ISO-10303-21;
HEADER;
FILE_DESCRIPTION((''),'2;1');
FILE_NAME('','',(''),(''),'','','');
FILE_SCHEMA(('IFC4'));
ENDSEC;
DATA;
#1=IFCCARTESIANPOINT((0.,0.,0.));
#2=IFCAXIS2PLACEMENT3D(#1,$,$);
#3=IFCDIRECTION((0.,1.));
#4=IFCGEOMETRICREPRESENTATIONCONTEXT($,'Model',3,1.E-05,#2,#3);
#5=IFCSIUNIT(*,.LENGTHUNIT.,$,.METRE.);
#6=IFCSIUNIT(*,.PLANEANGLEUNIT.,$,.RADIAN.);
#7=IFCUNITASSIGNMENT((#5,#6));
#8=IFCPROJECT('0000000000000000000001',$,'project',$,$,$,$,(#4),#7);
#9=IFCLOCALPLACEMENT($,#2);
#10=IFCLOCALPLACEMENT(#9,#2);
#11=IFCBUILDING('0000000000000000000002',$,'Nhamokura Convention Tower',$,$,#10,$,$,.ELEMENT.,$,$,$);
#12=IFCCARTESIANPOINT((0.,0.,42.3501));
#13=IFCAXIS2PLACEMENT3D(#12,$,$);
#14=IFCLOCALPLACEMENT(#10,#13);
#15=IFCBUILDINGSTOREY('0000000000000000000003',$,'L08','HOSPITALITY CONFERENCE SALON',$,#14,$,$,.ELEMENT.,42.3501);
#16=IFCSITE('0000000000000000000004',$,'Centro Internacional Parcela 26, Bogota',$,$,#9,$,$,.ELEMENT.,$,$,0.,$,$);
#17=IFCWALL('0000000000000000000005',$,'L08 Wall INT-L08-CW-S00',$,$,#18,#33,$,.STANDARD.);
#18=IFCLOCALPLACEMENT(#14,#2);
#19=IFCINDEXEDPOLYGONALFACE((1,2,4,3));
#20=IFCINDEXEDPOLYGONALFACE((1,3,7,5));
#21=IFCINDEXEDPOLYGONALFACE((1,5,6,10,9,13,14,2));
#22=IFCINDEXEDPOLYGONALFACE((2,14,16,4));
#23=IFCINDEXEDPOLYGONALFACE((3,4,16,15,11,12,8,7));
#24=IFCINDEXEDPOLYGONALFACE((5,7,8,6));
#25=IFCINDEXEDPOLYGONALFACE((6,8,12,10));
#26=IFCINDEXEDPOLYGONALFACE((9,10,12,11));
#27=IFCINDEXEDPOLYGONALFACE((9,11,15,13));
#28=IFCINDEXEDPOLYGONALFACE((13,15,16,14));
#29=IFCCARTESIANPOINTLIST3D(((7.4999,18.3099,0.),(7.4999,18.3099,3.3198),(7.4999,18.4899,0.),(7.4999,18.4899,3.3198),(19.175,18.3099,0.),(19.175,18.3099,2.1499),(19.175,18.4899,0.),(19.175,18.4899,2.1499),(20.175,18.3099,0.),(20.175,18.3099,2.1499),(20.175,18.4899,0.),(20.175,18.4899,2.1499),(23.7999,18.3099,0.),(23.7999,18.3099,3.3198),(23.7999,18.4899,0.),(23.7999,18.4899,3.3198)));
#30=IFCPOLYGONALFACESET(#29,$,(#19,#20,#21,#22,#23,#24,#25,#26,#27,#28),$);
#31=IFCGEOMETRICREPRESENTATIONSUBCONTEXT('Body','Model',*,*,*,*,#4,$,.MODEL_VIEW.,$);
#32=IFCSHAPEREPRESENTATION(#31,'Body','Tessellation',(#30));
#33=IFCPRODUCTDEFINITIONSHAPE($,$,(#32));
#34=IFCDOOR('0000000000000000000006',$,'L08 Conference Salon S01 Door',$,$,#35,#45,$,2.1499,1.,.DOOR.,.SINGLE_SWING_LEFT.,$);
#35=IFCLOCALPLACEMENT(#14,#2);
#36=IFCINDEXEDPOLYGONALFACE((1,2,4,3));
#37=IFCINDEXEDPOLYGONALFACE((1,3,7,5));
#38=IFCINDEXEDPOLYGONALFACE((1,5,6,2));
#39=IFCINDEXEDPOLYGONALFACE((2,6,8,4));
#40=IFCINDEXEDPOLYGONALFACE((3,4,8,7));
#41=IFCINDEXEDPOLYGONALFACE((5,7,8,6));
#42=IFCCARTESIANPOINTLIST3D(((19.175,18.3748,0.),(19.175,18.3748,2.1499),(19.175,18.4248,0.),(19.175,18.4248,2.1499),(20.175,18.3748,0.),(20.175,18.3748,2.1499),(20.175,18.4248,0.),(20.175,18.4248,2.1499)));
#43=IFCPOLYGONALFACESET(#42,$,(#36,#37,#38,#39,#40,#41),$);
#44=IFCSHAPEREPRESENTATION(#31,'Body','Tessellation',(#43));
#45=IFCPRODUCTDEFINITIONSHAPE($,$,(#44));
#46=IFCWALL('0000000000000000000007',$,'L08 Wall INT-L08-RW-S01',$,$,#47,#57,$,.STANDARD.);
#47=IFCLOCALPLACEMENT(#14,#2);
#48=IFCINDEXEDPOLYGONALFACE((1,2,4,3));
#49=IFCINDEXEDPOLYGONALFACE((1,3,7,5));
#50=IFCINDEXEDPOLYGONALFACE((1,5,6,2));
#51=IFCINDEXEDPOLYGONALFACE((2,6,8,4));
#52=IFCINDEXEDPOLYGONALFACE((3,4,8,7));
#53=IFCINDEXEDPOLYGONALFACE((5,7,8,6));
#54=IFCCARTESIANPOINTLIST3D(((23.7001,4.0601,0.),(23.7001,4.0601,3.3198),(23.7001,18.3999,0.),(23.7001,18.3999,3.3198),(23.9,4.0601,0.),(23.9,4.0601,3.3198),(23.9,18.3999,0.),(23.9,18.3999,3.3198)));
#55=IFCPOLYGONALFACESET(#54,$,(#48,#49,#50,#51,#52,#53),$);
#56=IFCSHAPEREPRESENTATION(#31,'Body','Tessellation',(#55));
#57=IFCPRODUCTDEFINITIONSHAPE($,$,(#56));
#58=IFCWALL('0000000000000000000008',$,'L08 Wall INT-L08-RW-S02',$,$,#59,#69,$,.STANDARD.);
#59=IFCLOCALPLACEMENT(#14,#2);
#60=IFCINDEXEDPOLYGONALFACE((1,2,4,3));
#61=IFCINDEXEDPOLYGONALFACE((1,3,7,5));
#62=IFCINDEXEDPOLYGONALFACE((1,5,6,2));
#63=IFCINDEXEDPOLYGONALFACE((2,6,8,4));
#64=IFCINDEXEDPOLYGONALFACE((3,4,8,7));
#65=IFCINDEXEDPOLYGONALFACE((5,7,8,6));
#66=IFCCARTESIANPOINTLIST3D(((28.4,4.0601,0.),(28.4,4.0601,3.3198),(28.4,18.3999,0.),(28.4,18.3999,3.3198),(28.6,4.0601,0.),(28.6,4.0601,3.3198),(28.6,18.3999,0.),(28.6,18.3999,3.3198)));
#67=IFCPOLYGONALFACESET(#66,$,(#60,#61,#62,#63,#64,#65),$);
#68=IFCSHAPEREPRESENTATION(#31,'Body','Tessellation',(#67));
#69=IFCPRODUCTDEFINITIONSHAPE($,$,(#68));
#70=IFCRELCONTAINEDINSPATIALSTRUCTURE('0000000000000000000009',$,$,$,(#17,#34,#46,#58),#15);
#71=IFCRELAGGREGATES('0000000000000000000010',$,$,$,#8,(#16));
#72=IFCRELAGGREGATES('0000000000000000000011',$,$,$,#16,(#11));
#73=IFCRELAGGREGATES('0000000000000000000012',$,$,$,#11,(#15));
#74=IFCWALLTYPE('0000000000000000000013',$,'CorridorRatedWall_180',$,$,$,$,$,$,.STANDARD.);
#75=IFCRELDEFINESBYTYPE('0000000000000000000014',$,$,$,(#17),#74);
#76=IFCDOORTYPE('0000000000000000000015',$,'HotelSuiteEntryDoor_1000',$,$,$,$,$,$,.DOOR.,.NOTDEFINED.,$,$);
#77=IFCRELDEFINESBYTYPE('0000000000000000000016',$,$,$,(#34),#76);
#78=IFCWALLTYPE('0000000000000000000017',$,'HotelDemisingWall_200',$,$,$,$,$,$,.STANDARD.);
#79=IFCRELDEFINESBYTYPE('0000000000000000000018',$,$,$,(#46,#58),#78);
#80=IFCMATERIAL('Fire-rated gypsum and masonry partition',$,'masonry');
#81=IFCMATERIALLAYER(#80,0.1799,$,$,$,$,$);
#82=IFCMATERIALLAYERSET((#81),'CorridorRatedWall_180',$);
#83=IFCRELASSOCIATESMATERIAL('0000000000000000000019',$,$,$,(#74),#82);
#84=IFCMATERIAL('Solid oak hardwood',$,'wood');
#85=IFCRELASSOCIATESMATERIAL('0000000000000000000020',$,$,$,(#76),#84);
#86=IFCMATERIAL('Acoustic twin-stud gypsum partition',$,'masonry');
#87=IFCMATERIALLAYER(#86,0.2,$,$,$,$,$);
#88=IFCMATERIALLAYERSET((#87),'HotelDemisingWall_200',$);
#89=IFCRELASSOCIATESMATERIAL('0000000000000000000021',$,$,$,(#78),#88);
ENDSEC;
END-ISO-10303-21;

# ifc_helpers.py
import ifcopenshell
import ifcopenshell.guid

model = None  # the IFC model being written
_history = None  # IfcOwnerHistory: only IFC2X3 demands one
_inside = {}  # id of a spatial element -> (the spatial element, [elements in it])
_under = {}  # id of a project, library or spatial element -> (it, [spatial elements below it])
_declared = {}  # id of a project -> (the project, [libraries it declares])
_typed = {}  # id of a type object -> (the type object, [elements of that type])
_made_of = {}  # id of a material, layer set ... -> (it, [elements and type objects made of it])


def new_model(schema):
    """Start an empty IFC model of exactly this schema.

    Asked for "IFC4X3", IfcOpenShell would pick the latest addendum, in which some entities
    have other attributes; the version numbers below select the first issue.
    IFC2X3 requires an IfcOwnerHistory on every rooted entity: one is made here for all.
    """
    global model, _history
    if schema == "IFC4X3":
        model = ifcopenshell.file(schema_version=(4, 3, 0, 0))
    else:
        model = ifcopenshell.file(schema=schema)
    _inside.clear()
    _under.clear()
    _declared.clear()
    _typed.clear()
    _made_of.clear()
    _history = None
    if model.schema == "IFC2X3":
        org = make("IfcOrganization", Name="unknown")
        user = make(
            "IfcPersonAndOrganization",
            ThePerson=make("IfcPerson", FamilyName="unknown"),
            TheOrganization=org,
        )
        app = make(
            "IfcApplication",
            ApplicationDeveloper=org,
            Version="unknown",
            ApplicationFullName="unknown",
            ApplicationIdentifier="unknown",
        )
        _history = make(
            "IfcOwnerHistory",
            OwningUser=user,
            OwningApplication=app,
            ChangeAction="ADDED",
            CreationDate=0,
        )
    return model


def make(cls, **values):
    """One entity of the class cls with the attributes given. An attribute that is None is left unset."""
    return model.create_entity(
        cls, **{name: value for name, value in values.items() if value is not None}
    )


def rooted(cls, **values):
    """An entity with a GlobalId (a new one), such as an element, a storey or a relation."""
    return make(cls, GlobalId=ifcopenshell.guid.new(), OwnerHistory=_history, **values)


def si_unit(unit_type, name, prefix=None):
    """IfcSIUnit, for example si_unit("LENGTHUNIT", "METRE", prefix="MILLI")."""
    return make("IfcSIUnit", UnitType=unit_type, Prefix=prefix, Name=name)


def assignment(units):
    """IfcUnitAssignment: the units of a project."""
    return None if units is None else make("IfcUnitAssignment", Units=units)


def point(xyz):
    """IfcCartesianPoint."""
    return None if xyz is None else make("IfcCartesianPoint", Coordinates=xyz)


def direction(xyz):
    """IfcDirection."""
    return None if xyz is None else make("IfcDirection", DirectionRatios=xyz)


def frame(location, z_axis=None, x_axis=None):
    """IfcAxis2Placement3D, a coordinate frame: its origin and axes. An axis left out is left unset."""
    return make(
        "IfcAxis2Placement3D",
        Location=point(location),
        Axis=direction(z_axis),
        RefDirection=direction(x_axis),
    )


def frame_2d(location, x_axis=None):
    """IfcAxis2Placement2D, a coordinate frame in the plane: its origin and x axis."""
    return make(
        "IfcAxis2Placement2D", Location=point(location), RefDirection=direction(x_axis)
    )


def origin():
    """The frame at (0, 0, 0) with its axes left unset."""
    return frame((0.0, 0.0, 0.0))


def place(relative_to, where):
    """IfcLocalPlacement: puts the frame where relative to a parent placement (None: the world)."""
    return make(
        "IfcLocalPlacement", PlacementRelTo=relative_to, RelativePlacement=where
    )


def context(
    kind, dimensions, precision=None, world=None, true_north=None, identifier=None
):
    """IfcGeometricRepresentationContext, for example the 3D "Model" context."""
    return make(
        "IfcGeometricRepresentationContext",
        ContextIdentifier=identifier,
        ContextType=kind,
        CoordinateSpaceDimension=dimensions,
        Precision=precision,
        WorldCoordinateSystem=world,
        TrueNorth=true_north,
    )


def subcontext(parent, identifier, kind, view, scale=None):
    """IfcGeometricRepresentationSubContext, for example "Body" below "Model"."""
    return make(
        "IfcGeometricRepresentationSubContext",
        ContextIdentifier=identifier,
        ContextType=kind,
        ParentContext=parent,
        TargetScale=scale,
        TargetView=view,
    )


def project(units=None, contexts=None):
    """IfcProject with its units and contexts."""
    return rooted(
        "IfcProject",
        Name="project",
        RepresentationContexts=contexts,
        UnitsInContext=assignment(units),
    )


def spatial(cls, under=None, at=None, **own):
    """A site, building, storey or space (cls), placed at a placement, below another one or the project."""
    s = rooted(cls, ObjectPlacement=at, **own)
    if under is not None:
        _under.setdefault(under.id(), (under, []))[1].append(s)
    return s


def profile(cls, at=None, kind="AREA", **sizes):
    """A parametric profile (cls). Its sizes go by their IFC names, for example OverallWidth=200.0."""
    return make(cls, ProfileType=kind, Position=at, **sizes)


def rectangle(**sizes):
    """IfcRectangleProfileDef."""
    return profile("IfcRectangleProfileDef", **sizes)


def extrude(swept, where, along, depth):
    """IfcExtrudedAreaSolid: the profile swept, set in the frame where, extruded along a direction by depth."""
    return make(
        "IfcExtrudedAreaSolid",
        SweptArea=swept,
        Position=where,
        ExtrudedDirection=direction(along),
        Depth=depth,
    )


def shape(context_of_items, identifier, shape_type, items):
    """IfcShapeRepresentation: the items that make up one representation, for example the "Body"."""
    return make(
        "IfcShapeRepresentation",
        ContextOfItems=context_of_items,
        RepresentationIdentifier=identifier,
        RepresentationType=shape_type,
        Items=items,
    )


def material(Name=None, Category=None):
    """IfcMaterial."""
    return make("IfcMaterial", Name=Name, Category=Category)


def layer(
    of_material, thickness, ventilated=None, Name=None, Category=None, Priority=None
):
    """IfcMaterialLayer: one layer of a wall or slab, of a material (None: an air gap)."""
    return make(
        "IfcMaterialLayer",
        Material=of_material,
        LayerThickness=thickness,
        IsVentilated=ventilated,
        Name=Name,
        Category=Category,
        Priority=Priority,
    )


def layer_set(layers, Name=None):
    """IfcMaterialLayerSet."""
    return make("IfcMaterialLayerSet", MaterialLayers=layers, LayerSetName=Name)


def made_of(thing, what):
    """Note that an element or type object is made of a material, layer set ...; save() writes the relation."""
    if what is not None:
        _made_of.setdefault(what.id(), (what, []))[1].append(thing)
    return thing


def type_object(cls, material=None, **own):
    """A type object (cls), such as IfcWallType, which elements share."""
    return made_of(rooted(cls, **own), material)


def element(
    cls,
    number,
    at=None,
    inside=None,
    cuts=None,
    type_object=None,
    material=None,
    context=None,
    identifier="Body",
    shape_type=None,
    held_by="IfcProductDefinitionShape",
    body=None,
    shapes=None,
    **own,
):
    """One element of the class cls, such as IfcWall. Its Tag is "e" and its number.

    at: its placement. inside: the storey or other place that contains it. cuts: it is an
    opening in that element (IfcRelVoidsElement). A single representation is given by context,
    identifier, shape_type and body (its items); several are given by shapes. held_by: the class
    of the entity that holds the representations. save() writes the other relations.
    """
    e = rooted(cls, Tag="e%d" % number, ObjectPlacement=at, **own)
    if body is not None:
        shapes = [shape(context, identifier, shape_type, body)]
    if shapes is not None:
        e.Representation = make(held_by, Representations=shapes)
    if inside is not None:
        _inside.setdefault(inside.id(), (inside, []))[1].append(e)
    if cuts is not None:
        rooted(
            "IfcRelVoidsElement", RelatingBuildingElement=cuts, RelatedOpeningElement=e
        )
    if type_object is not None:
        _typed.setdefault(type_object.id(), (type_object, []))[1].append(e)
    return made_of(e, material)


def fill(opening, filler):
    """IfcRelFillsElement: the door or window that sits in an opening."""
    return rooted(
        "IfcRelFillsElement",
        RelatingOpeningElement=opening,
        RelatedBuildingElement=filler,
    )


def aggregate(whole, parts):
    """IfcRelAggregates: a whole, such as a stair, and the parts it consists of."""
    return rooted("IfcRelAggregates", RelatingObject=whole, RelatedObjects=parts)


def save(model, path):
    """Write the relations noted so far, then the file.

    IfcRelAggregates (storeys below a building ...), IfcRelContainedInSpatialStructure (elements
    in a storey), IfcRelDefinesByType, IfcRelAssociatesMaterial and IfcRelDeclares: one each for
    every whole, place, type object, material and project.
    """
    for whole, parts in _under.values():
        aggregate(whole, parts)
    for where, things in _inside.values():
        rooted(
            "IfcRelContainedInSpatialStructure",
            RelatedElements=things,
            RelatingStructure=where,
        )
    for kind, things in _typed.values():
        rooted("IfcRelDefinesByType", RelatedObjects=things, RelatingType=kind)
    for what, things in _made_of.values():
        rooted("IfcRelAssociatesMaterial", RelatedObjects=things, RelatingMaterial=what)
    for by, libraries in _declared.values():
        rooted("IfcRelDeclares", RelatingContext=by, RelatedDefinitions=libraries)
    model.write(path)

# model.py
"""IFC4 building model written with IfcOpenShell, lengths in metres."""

from ifc_helpers import new_model, si_unit, direction, frame, frame_2d, origin, place, context, subcontext, project, spatial, rectangle, extrude, material, layer, layer_set, type_object, element, fill, save


model = new_model("IFC4")

# Units and contexts
model_context = context("Model", 3, precision=1e-05, world=origin(), true_north=direction((0.0, 1.0)))
body_context = subcontext(model_context, "Body", "Model", "MODEL_VIEW")
ifc_project = project(units=[si_unit("LENGTHUNIT", "METRE"), si_unit("PLANEANGLEUNIT", "RADIAN")], contexts=[model_context])

# Site, building, storey
site_placement = place(None, origin())
site = spatial("IfcSite", under=ifc_project, at=site_placement, Name="Centro Internacional Parcela 26, Bogota", CompositionType="ELEMENT", RefElevation=0.0)
building_placement = place(site_placement, origin())
building = spatial("IfcBuilding", under=site, at=building_placement, Name="Nhamokura Convention Tower", CompositionType="ELEMENT")
storey_placement = place(building_placement, frame((0.0, 0.0, 42.3501)))
storey = spatial("IfcBuildingStorey", under=building, at=storey_placement, Name="L08", Description="HOSPITALITY CONFERENCE SALON", CompositionType="ELEMENT", Elevation=42.3501)

# Wall, opening, door
ifc_material_1 = material(Name="Fire-rated gypsum and masonry partition", Category="masonry")
ifc_layer_1 = layer(ifc_material_1, 0.1799)
ifc_layer_set_1 = layer_set([ifc_layer_1], Name="CorridorRatedWall_180")
wall_type_1 = type_object("IfcWallType", Name="CorridorRatedWall_180", PredefinedType="STANDARD", material=ifc_layer_set_1)
wall_1_placement = place(storey_placement, frame((7.5, 18.3999, 0.0), z_axis=(0.0, 0.0, 1.0), x_axis=(1.0, 0.0, 0.0)))
wall_1 = element("IfcWall", 1, at=wall_1_placement, inside=storey, type_object=wall_type_1, Name="L08 Wall INT-L08-CW-S00", PredefinedType="STANDARD", context=body_context, shape_type="SweptSolid", body=[
    extrude(rectangle(XDim=16.3, YDim=0.1799, at=frame_2d((8.1499, 0.0))), origin(), (0.0, 0.0, 1.0), 3.3198),
])
opening_1_placement = place(wall_1_placement, frame((11.675, 0.0, 0.0)))
opening_1 = element("IfcOpeningElement", 2, at=opening_1_placement, cuts=wall_1, PredefinedType="OPENING", context=body_context, shape_type="SweptSolid", body=[
    extrude(rectangle(XDim=1.0, YDim=2.1499, at=frame_2d((0.5, 1.075))), frame((0.0, 0.0999, 0.0), z_axis=(0.0, -1.0, 0.0), x_axis=(1.0, 0.0, 0.0)), (0.0, 0.0, 1.0), 0.2),
])
ifc_material_2 = material(Name="Solid oak hardwood", Category="wood")
door_type_1 = type_object("IfcDoorType", Name="HotelSuiteEntryDoor_1000", OperationType="NOTDEFINED", PredefinedType="DOOR", material=ifc_material_2)
door_1_placement = place(opening_1_placement, origin())
door_1 = element("IfcDoor", 3, at=door_1_placement, inside=storey, type_object=door_type_1, Name="L08 Conference Salon S01 Door", OperationType="SINGLE_SWING_LEFT", OverallHeight=2.1499, OverallWidth=1.0, PredefinedType="DOOR", context=body_context, shape_type="SweptSolid", body=[
    extrude(rectangle(XDim=1.0, YDim=2.1499, at=frame_2d((0.5, 1.075))), frame((0.0, 0.0249, 0.0), z_axis=(0.0, -1.0, 0.0), x_axis=(1.0, 0.0, 0.0)), (0.0, 0.0, 1.0), 0.05),
])
fill(opening_1, door_1)

# Walls
ifc_material_3 = material(Name="Acoustic twin-stud gypsum partition", Category="masonry")
ifc_layer_2 = layer(ifc_material_3, 0.2)
ifc_layer_set_2 = layer_set([ifc_layer_2], Name="HotelDemisingWall_200")
wall_type_2 = type_object("IfcWallType", Name="HotelDemisingWall_200", PredefinedType="STANDARD", material=ifc_layer_set_2)
for number, where, z_axis, x_axis, name in (
    (4, (23.8, 4.0601, 0.0), (0.0, 0.0, 1.0), (0.0, 1.0, 0.0), "L08 Wall INT-L08-RW-S01"),
    (5, (28.5, 4.0601, 0.0), (0.0, 0.0, 1.0), (0.0, 1.0, 0.0), "L08 Wall INT-L08-RW-S02"),
):
    element("IfcWall", number, at=place(storey_placement, frame(where, z_axis=z_axis, x_axis=x_axis)), inside=storey, type_object=wall_type_2, Name=name, PredefinedType="STANDARD", context=body_context, shape_type="SweptSolid", body=[
        extrude(rectangle(XDim=14.3398, YDim=0.2, at=frame_2d((7.1699, 0.0))), origin(), (0.0, 0.0, 1.0), 3.3198),
    ])

save(model, "model.ifc")
